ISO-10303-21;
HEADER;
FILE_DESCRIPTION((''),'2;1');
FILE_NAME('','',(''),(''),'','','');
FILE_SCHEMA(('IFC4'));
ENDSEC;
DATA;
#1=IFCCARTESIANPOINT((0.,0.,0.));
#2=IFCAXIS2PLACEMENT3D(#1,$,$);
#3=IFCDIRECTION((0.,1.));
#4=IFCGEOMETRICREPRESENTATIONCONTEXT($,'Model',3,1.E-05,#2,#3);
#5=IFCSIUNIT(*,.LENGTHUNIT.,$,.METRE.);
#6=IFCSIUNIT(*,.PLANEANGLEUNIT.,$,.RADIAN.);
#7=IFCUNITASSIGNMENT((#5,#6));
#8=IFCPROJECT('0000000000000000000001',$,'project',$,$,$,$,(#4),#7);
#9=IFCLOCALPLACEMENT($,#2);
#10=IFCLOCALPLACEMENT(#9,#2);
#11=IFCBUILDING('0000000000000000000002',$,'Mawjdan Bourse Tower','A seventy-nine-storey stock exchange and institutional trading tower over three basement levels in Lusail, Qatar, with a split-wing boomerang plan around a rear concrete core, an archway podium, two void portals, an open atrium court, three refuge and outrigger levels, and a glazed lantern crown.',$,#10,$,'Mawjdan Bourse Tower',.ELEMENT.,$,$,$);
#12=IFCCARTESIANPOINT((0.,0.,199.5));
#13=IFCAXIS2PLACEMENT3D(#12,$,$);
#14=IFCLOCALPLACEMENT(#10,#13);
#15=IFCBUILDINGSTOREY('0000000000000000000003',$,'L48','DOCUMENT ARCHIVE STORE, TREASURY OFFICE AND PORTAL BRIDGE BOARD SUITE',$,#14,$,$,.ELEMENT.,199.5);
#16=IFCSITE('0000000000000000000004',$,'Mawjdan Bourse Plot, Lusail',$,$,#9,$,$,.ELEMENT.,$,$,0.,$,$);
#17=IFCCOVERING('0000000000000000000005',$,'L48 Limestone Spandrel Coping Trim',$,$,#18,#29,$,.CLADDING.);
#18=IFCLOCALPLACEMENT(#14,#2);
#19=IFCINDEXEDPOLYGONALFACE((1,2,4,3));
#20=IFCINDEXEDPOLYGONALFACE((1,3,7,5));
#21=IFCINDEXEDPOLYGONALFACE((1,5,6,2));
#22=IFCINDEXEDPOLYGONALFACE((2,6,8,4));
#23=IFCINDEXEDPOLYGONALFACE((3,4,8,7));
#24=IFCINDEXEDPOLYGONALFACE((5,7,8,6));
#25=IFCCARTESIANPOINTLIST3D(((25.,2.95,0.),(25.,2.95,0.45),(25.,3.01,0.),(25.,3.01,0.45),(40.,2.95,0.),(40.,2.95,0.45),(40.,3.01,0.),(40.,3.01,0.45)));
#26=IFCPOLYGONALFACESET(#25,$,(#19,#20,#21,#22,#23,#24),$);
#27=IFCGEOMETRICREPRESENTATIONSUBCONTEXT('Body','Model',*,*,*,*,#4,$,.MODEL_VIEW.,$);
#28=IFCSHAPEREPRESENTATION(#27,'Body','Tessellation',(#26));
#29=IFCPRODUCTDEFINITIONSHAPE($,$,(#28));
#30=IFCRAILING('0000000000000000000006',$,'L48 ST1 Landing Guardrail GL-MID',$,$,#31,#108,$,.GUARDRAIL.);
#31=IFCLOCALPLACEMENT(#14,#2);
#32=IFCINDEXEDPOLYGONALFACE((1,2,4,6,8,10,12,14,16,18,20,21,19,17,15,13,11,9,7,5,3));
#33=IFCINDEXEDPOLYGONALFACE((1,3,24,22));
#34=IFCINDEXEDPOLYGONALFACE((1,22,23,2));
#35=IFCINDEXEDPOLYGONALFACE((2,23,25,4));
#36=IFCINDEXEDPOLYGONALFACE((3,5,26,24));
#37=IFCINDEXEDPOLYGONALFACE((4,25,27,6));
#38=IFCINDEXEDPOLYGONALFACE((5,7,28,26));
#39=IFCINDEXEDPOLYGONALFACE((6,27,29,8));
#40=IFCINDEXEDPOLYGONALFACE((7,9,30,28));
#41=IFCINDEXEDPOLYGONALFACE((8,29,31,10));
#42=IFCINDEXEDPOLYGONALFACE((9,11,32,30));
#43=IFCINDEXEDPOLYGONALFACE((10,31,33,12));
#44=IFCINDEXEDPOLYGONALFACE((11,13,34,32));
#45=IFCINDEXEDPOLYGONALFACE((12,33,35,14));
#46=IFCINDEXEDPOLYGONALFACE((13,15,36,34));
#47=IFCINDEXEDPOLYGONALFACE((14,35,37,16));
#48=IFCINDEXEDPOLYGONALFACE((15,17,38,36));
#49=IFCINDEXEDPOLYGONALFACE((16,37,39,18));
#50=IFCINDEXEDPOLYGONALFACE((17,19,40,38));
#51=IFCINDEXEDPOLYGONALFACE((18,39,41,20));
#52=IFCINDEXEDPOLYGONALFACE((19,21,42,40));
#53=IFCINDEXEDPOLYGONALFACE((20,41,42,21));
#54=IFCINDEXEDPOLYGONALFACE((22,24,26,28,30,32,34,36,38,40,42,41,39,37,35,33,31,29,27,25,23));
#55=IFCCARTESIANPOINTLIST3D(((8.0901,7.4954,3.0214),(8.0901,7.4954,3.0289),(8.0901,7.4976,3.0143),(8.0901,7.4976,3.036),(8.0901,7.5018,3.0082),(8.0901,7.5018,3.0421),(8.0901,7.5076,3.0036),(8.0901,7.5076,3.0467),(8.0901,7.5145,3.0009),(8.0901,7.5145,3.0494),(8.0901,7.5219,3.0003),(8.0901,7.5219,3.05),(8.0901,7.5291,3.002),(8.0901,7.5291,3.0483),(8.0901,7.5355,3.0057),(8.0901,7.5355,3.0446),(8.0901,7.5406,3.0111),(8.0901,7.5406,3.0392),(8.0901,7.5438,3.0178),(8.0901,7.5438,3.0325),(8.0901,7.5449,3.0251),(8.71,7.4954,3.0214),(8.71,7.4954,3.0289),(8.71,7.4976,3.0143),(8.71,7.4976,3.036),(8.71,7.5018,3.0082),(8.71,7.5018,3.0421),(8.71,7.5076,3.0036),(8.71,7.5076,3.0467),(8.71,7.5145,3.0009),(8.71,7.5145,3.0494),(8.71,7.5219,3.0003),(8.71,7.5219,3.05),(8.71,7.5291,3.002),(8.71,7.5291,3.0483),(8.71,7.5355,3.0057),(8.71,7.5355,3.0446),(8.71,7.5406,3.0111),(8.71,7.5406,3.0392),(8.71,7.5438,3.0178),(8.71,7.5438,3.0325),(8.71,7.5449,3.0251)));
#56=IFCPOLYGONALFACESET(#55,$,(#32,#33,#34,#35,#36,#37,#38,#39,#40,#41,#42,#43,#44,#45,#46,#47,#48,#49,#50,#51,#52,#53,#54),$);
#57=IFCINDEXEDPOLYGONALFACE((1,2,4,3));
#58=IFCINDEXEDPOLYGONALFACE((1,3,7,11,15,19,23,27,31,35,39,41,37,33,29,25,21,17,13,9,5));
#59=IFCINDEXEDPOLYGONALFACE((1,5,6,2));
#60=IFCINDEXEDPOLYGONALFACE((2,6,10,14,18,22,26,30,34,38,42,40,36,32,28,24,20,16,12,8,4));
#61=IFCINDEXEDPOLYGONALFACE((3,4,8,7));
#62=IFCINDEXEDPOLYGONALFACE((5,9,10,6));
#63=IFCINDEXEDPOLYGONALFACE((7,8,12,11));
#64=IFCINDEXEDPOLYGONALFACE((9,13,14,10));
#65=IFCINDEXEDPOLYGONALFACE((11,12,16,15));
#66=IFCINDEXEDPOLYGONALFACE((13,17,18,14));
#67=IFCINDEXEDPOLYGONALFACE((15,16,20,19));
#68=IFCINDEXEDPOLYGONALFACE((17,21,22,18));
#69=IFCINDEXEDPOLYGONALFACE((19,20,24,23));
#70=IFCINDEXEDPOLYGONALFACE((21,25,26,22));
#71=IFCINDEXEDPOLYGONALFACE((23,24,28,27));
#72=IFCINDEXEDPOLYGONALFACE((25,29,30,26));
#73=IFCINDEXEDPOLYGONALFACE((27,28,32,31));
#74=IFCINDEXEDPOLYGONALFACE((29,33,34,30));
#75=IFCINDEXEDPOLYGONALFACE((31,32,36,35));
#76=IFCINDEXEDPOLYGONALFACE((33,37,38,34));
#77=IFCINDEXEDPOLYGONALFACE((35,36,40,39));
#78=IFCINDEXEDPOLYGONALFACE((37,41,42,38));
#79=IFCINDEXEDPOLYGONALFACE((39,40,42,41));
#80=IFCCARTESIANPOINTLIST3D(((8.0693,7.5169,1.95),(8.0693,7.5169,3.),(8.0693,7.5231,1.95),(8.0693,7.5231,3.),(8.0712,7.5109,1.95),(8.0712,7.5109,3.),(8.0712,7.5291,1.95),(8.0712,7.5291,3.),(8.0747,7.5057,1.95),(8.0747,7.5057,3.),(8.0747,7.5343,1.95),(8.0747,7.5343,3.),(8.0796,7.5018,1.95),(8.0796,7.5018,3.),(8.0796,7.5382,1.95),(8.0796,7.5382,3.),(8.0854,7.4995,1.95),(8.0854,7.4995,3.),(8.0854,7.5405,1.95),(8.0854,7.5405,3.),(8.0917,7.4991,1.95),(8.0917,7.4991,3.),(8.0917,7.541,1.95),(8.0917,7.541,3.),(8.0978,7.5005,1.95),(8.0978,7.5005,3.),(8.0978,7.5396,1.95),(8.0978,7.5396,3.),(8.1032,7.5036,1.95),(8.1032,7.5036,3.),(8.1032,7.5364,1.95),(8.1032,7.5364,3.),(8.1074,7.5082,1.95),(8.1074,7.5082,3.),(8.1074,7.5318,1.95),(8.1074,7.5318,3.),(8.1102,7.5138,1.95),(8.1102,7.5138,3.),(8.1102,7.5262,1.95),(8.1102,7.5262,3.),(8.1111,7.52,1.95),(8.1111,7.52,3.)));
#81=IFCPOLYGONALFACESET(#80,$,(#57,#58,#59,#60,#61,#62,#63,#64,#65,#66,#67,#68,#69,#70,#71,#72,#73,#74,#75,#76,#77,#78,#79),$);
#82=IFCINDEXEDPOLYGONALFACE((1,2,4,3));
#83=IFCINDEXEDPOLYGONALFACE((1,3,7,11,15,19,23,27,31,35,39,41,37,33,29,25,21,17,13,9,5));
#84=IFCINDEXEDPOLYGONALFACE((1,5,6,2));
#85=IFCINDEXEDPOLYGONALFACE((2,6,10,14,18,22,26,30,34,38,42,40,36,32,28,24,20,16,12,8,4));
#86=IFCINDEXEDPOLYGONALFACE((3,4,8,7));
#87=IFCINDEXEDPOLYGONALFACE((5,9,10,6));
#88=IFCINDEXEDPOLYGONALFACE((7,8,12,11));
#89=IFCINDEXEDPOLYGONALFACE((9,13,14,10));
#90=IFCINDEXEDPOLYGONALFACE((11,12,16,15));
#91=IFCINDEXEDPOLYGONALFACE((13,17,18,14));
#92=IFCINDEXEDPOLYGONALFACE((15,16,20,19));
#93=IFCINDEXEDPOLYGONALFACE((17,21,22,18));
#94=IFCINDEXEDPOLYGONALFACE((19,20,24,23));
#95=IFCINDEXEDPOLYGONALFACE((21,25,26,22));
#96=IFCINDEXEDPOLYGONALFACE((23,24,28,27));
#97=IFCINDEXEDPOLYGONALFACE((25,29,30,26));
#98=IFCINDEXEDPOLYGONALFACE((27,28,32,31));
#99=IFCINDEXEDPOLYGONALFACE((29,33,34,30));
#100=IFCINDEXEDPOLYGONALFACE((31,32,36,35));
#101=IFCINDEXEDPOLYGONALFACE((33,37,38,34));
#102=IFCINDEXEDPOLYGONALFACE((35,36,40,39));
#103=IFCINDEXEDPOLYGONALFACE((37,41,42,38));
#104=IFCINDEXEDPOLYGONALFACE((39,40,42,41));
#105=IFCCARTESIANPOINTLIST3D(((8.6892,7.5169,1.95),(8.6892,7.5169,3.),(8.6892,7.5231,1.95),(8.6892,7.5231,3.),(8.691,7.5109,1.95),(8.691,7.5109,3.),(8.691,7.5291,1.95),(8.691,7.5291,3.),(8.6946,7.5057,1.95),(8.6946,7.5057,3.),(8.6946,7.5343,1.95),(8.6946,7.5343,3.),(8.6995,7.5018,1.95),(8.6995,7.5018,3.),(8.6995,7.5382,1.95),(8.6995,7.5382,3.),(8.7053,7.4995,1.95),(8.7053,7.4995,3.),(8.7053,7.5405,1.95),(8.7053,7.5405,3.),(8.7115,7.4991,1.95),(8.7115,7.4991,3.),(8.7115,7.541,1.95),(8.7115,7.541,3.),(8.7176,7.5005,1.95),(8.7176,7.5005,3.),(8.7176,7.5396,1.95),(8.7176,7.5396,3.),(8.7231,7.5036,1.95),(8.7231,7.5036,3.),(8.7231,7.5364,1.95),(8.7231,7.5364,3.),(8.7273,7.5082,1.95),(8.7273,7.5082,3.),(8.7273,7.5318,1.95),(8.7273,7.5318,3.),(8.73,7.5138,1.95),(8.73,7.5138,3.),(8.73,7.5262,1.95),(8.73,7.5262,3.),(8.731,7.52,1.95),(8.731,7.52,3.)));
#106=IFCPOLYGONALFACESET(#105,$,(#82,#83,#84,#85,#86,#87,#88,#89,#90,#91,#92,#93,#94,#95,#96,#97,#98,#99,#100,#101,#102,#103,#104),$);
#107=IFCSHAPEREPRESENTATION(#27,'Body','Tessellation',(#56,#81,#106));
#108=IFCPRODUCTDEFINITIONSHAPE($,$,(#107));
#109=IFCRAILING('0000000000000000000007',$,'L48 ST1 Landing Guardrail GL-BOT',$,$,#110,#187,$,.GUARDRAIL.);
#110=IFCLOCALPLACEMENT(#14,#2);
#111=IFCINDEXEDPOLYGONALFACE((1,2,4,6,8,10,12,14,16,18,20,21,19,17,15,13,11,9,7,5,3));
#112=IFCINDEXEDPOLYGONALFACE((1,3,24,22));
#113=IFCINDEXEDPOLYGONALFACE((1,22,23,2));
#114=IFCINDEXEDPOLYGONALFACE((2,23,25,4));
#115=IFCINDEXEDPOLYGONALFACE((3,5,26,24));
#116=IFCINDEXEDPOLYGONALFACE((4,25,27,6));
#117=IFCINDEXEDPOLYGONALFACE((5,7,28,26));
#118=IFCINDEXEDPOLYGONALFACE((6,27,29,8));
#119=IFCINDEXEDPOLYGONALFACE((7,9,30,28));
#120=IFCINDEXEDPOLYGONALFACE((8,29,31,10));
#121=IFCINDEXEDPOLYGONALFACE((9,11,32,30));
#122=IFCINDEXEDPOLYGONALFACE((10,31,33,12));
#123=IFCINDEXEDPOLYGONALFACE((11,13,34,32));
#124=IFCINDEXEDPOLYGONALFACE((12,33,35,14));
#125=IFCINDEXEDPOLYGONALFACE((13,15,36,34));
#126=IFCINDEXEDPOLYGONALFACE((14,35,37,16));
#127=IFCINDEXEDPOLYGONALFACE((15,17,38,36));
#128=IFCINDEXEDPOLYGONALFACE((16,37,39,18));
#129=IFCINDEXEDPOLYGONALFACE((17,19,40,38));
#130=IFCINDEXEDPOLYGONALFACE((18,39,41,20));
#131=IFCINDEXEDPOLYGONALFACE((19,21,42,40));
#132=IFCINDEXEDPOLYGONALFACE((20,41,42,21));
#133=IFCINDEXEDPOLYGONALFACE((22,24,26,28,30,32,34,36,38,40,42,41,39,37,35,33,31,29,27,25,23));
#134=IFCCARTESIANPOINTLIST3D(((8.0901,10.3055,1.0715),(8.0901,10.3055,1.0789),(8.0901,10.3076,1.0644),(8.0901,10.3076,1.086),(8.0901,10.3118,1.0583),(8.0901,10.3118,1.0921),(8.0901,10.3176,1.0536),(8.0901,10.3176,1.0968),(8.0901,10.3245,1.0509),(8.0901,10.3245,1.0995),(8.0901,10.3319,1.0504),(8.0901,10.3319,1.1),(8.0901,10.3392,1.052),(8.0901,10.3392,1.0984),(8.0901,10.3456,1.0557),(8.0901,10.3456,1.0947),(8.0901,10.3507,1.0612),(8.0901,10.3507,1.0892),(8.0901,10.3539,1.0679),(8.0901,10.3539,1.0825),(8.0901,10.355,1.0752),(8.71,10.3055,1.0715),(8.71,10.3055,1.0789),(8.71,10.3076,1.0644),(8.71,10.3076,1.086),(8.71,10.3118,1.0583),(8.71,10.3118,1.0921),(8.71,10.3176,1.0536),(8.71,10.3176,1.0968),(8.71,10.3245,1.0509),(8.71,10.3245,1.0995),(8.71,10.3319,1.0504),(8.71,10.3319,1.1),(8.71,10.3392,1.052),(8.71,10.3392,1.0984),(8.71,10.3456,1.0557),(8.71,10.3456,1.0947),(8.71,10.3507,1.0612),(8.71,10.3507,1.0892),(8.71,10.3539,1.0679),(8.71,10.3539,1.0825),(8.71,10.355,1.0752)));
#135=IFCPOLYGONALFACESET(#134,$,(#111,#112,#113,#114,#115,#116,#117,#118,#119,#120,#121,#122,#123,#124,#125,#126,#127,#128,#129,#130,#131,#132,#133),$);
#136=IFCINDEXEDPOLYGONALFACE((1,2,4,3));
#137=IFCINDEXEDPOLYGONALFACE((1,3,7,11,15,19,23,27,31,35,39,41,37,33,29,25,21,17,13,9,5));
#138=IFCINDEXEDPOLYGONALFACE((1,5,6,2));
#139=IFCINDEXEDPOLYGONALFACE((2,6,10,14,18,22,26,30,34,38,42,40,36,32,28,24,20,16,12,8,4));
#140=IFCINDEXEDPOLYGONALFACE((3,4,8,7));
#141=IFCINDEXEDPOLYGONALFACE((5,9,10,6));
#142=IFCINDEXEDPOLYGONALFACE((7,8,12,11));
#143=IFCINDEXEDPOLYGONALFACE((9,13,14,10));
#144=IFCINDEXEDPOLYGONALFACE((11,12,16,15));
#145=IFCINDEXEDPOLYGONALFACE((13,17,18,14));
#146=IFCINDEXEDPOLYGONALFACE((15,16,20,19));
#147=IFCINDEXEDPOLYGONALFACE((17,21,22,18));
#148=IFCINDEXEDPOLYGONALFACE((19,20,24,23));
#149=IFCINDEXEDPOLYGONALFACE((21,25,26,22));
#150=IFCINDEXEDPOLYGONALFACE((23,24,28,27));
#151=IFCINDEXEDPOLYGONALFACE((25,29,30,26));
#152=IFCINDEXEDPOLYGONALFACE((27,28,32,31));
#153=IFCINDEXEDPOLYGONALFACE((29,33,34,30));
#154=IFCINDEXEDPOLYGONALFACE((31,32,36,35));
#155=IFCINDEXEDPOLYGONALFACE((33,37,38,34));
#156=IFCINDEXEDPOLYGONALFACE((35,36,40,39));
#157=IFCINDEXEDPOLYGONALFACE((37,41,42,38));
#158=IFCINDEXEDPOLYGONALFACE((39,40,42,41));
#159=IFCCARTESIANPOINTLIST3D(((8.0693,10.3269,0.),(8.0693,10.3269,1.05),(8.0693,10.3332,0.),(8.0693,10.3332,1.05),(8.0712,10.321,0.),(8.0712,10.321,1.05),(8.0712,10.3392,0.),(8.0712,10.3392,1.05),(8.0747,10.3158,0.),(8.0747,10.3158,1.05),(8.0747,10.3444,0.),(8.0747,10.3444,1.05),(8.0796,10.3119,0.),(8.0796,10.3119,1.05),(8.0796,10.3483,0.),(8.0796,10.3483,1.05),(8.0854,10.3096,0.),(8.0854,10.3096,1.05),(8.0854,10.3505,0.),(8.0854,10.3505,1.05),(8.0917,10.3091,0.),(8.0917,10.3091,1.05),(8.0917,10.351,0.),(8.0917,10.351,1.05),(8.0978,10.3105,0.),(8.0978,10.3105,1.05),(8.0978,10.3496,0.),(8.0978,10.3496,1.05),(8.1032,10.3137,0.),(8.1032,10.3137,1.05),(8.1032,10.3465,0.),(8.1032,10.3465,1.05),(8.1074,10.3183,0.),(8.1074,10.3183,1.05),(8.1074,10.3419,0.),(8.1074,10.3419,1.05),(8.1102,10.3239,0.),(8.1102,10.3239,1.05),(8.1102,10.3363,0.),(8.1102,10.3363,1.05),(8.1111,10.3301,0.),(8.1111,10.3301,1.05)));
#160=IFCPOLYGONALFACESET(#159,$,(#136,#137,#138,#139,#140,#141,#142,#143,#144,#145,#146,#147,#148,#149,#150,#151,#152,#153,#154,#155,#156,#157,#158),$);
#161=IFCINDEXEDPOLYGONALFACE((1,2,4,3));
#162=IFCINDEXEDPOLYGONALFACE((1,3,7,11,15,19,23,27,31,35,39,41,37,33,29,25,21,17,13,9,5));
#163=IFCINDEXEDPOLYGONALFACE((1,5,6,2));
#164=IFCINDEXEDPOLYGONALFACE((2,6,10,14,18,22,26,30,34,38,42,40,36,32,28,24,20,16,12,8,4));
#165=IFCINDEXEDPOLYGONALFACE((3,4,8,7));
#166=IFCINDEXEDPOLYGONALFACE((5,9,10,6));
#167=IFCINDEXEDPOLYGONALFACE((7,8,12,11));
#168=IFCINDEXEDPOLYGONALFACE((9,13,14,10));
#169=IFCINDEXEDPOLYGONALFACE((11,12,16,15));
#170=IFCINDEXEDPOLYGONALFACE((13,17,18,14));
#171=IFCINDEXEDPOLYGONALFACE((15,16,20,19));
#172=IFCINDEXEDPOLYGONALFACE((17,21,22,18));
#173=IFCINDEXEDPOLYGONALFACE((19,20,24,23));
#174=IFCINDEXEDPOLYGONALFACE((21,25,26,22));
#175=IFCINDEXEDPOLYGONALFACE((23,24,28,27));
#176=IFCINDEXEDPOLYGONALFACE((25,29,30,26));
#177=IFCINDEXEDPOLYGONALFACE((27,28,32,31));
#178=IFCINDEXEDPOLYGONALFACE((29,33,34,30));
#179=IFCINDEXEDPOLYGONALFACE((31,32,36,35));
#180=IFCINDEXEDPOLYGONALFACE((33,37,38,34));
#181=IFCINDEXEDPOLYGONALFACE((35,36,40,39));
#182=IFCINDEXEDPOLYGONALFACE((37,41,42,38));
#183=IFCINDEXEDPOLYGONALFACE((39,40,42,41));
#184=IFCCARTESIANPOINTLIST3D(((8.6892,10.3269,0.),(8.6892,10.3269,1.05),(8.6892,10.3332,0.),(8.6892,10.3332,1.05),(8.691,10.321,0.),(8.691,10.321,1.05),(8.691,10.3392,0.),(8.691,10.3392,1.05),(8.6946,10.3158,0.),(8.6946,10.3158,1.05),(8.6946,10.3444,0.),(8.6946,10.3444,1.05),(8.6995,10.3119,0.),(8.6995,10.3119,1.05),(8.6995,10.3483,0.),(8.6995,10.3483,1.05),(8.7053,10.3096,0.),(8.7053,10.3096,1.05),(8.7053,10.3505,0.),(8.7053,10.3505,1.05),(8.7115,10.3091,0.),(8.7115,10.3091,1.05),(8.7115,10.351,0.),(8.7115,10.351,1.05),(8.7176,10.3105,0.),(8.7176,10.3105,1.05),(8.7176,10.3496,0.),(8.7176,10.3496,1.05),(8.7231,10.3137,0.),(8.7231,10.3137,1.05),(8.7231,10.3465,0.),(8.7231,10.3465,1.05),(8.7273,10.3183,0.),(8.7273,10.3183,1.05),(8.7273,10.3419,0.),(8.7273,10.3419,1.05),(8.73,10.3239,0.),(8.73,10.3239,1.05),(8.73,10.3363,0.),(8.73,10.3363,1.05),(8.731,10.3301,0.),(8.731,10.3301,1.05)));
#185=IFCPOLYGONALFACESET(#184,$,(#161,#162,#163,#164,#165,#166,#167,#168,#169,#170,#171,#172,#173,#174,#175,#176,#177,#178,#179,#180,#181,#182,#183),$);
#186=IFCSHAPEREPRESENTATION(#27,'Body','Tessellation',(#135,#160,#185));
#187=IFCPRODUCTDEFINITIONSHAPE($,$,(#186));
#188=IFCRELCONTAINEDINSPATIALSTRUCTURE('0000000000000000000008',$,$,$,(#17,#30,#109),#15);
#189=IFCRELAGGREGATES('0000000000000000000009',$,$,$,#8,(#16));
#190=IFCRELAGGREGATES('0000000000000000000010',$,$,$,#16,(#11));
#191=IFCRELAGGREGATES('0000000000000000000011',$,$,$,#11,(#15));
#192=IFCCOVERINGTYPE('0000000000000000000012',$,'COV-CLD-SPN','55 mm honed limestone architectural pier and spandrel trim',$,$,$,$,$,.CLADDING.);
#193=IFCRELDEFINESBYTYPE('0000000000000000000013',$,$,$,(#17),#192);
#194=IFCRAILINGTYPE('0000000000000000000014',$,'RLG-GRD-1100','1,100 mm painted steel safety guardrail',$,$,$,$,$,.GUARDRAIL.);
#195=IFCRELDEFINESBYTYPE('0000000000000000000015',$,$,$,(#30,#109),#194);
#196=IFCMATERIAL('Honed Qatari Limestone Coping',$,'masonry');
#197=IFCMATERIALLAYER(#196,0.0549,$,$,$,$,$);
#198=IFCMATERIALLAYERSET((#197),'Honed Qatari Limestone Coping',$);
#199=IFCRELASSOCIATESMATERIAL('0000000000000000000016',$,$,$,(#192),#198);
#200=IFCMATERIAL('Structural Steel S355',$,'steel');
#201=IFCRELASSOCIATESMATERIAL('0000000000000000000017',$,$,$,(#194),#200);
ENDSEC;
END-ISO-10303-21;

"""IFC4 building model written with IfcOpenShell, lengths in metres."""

from ifc_helpers import new_model, si_unit, direction, frame, origin, origin_2d, place, context, subcontext, project, spatial, polyline, circle, outline, extrude, material, layer, layer_set, type_object, element, save


model = new_model("IFC4")

# Units and contexts
model_context = context("Model", 3, precision=1e-05, world=origin(), true_north=direction((0.0, 1.0)))
body_context = subcontext(model_context, "Body", "Model", "MODEL_VIEW")
ifc_project = project(units=[si_unit("LENGTHUNIT", "METRE"), si_unit("PLANEANGLEUNIT", "RADIAN")], contexts=[model_context])

# Site, building, storey
site_placement = place(None, origin())
site = spatial("IfcSite", under=ifc_project, at=site_placement, Name="Mawjdan Bourse Plot, Lusail", CompositionType="ELEMENT", RefElevation=0.0)
building_placement = place(site_placement, origin())
building = spatial("IfcBuilding", under=site, at=building_placement, Name="Mawjdan Bourse Tower", Description="A seventy-nine-storey stock exchange and institutional trading tower over three basement levels in Lusail, Qatar, with a split-wing boomerang plan around a rear concrete core, an archway podium, two void portals, an open atrium court, three refuge and outrigger levels, and a glazed lantern crown.", LongName="Mawjdan Bourse Tower", CompositionType="ELEMENT")
storey_placement = place(building_placement, frame((0.0, 0.0, 199.5)))
storey = spatial("IfcBuildingStorey", under=building, at=storey_placement, Name="L48", Description="DOCUMENT ARCHIVE STORE, TREASURY OFFICE AND PORTAL BRIDGE BOARD SUITE", CompositionType="ELEMENT", Elevation=199.5)

# Covering
ifc_material_1 = material(Name="Honed Qatari Limestone Coping", Category="masonry")
ifc_layer_1 = layer(ifc_material_1, 0.0549)
ifc_layer_set_1 = layer_set([ifc_layer_1], Name="Honed Qatari Limestone Coping")
covering_type = type_object("IfcCoveringType", Name="COV-CLD-SPN", Description="55 mm honed limestone architectural pier and spandrel trim", PredefinedType="CLADDING", material=ifc_layer_set_1)
covering_placement = place(storey_placement, origin())
element("IfcCovering", 1, at=covering_placement, inside=storey, type_object=covering_type, Name="L48 Limestone Spandrel Coping Trim", PredefinedType="CLADDING", context=body_context, shape_type="SweptSolid", body=[
    extrude(outline(polyline([(25.0, 2.95), (40.0, 2.95), (40.0, 3.01), (25.0, 3.01), (25.0, 2.95)])), origin(), (0.0, 0.0, 1.0), 0.45),
])

# Railings
ifc_material_2 = material(Name="Structural Steel S355", Category="steel")
railing_type_1 = type_object("IfcRailingType", Name="RLG-GRD-1100", Description="1,100 mm painted steel safety guardrail", PredefinedType="GUARDRAIL", material=ifc_material_2)
for number, where, name in (
    (2, (8.0901, 7.52, 1.95), "L48 ST1 Landing Guardrail GL-MID"),
    (3, (8.0901, 10.3301, 0.0), "L48 ST1 Landing Guardrail GL-BOT"),
):
    element("IfcRailing", number, at=place(storey_placement, frame(where)), inside=storey, type_object=railing_type_1, Name=name, PredefinedType="GUARDRAIL", context=body_context, shape_type="SweptSolid", body=[
        extrude(circle(Radius=0.0249, at=origin_2d()), frame((0.0, 0.0, 1.0752), z_axis=(1.0, 0.0, 0.0), x_axis=(0.0, 1.0, 0.0)), (0.0, 0.0, 1.0), 0.6199),
        extrude(circle(Radius=0.021, at=origin_2d()), origin(), (0.0, 0.0, 1.0), 1.05),
        extrude(circle(Radius=0.021, at=origin_2d()), frame((0.6199, 0.0, 0.0)), (0.0, 0.0, 1.0), 1.05),
    ])

save(model, "model.ifc")
